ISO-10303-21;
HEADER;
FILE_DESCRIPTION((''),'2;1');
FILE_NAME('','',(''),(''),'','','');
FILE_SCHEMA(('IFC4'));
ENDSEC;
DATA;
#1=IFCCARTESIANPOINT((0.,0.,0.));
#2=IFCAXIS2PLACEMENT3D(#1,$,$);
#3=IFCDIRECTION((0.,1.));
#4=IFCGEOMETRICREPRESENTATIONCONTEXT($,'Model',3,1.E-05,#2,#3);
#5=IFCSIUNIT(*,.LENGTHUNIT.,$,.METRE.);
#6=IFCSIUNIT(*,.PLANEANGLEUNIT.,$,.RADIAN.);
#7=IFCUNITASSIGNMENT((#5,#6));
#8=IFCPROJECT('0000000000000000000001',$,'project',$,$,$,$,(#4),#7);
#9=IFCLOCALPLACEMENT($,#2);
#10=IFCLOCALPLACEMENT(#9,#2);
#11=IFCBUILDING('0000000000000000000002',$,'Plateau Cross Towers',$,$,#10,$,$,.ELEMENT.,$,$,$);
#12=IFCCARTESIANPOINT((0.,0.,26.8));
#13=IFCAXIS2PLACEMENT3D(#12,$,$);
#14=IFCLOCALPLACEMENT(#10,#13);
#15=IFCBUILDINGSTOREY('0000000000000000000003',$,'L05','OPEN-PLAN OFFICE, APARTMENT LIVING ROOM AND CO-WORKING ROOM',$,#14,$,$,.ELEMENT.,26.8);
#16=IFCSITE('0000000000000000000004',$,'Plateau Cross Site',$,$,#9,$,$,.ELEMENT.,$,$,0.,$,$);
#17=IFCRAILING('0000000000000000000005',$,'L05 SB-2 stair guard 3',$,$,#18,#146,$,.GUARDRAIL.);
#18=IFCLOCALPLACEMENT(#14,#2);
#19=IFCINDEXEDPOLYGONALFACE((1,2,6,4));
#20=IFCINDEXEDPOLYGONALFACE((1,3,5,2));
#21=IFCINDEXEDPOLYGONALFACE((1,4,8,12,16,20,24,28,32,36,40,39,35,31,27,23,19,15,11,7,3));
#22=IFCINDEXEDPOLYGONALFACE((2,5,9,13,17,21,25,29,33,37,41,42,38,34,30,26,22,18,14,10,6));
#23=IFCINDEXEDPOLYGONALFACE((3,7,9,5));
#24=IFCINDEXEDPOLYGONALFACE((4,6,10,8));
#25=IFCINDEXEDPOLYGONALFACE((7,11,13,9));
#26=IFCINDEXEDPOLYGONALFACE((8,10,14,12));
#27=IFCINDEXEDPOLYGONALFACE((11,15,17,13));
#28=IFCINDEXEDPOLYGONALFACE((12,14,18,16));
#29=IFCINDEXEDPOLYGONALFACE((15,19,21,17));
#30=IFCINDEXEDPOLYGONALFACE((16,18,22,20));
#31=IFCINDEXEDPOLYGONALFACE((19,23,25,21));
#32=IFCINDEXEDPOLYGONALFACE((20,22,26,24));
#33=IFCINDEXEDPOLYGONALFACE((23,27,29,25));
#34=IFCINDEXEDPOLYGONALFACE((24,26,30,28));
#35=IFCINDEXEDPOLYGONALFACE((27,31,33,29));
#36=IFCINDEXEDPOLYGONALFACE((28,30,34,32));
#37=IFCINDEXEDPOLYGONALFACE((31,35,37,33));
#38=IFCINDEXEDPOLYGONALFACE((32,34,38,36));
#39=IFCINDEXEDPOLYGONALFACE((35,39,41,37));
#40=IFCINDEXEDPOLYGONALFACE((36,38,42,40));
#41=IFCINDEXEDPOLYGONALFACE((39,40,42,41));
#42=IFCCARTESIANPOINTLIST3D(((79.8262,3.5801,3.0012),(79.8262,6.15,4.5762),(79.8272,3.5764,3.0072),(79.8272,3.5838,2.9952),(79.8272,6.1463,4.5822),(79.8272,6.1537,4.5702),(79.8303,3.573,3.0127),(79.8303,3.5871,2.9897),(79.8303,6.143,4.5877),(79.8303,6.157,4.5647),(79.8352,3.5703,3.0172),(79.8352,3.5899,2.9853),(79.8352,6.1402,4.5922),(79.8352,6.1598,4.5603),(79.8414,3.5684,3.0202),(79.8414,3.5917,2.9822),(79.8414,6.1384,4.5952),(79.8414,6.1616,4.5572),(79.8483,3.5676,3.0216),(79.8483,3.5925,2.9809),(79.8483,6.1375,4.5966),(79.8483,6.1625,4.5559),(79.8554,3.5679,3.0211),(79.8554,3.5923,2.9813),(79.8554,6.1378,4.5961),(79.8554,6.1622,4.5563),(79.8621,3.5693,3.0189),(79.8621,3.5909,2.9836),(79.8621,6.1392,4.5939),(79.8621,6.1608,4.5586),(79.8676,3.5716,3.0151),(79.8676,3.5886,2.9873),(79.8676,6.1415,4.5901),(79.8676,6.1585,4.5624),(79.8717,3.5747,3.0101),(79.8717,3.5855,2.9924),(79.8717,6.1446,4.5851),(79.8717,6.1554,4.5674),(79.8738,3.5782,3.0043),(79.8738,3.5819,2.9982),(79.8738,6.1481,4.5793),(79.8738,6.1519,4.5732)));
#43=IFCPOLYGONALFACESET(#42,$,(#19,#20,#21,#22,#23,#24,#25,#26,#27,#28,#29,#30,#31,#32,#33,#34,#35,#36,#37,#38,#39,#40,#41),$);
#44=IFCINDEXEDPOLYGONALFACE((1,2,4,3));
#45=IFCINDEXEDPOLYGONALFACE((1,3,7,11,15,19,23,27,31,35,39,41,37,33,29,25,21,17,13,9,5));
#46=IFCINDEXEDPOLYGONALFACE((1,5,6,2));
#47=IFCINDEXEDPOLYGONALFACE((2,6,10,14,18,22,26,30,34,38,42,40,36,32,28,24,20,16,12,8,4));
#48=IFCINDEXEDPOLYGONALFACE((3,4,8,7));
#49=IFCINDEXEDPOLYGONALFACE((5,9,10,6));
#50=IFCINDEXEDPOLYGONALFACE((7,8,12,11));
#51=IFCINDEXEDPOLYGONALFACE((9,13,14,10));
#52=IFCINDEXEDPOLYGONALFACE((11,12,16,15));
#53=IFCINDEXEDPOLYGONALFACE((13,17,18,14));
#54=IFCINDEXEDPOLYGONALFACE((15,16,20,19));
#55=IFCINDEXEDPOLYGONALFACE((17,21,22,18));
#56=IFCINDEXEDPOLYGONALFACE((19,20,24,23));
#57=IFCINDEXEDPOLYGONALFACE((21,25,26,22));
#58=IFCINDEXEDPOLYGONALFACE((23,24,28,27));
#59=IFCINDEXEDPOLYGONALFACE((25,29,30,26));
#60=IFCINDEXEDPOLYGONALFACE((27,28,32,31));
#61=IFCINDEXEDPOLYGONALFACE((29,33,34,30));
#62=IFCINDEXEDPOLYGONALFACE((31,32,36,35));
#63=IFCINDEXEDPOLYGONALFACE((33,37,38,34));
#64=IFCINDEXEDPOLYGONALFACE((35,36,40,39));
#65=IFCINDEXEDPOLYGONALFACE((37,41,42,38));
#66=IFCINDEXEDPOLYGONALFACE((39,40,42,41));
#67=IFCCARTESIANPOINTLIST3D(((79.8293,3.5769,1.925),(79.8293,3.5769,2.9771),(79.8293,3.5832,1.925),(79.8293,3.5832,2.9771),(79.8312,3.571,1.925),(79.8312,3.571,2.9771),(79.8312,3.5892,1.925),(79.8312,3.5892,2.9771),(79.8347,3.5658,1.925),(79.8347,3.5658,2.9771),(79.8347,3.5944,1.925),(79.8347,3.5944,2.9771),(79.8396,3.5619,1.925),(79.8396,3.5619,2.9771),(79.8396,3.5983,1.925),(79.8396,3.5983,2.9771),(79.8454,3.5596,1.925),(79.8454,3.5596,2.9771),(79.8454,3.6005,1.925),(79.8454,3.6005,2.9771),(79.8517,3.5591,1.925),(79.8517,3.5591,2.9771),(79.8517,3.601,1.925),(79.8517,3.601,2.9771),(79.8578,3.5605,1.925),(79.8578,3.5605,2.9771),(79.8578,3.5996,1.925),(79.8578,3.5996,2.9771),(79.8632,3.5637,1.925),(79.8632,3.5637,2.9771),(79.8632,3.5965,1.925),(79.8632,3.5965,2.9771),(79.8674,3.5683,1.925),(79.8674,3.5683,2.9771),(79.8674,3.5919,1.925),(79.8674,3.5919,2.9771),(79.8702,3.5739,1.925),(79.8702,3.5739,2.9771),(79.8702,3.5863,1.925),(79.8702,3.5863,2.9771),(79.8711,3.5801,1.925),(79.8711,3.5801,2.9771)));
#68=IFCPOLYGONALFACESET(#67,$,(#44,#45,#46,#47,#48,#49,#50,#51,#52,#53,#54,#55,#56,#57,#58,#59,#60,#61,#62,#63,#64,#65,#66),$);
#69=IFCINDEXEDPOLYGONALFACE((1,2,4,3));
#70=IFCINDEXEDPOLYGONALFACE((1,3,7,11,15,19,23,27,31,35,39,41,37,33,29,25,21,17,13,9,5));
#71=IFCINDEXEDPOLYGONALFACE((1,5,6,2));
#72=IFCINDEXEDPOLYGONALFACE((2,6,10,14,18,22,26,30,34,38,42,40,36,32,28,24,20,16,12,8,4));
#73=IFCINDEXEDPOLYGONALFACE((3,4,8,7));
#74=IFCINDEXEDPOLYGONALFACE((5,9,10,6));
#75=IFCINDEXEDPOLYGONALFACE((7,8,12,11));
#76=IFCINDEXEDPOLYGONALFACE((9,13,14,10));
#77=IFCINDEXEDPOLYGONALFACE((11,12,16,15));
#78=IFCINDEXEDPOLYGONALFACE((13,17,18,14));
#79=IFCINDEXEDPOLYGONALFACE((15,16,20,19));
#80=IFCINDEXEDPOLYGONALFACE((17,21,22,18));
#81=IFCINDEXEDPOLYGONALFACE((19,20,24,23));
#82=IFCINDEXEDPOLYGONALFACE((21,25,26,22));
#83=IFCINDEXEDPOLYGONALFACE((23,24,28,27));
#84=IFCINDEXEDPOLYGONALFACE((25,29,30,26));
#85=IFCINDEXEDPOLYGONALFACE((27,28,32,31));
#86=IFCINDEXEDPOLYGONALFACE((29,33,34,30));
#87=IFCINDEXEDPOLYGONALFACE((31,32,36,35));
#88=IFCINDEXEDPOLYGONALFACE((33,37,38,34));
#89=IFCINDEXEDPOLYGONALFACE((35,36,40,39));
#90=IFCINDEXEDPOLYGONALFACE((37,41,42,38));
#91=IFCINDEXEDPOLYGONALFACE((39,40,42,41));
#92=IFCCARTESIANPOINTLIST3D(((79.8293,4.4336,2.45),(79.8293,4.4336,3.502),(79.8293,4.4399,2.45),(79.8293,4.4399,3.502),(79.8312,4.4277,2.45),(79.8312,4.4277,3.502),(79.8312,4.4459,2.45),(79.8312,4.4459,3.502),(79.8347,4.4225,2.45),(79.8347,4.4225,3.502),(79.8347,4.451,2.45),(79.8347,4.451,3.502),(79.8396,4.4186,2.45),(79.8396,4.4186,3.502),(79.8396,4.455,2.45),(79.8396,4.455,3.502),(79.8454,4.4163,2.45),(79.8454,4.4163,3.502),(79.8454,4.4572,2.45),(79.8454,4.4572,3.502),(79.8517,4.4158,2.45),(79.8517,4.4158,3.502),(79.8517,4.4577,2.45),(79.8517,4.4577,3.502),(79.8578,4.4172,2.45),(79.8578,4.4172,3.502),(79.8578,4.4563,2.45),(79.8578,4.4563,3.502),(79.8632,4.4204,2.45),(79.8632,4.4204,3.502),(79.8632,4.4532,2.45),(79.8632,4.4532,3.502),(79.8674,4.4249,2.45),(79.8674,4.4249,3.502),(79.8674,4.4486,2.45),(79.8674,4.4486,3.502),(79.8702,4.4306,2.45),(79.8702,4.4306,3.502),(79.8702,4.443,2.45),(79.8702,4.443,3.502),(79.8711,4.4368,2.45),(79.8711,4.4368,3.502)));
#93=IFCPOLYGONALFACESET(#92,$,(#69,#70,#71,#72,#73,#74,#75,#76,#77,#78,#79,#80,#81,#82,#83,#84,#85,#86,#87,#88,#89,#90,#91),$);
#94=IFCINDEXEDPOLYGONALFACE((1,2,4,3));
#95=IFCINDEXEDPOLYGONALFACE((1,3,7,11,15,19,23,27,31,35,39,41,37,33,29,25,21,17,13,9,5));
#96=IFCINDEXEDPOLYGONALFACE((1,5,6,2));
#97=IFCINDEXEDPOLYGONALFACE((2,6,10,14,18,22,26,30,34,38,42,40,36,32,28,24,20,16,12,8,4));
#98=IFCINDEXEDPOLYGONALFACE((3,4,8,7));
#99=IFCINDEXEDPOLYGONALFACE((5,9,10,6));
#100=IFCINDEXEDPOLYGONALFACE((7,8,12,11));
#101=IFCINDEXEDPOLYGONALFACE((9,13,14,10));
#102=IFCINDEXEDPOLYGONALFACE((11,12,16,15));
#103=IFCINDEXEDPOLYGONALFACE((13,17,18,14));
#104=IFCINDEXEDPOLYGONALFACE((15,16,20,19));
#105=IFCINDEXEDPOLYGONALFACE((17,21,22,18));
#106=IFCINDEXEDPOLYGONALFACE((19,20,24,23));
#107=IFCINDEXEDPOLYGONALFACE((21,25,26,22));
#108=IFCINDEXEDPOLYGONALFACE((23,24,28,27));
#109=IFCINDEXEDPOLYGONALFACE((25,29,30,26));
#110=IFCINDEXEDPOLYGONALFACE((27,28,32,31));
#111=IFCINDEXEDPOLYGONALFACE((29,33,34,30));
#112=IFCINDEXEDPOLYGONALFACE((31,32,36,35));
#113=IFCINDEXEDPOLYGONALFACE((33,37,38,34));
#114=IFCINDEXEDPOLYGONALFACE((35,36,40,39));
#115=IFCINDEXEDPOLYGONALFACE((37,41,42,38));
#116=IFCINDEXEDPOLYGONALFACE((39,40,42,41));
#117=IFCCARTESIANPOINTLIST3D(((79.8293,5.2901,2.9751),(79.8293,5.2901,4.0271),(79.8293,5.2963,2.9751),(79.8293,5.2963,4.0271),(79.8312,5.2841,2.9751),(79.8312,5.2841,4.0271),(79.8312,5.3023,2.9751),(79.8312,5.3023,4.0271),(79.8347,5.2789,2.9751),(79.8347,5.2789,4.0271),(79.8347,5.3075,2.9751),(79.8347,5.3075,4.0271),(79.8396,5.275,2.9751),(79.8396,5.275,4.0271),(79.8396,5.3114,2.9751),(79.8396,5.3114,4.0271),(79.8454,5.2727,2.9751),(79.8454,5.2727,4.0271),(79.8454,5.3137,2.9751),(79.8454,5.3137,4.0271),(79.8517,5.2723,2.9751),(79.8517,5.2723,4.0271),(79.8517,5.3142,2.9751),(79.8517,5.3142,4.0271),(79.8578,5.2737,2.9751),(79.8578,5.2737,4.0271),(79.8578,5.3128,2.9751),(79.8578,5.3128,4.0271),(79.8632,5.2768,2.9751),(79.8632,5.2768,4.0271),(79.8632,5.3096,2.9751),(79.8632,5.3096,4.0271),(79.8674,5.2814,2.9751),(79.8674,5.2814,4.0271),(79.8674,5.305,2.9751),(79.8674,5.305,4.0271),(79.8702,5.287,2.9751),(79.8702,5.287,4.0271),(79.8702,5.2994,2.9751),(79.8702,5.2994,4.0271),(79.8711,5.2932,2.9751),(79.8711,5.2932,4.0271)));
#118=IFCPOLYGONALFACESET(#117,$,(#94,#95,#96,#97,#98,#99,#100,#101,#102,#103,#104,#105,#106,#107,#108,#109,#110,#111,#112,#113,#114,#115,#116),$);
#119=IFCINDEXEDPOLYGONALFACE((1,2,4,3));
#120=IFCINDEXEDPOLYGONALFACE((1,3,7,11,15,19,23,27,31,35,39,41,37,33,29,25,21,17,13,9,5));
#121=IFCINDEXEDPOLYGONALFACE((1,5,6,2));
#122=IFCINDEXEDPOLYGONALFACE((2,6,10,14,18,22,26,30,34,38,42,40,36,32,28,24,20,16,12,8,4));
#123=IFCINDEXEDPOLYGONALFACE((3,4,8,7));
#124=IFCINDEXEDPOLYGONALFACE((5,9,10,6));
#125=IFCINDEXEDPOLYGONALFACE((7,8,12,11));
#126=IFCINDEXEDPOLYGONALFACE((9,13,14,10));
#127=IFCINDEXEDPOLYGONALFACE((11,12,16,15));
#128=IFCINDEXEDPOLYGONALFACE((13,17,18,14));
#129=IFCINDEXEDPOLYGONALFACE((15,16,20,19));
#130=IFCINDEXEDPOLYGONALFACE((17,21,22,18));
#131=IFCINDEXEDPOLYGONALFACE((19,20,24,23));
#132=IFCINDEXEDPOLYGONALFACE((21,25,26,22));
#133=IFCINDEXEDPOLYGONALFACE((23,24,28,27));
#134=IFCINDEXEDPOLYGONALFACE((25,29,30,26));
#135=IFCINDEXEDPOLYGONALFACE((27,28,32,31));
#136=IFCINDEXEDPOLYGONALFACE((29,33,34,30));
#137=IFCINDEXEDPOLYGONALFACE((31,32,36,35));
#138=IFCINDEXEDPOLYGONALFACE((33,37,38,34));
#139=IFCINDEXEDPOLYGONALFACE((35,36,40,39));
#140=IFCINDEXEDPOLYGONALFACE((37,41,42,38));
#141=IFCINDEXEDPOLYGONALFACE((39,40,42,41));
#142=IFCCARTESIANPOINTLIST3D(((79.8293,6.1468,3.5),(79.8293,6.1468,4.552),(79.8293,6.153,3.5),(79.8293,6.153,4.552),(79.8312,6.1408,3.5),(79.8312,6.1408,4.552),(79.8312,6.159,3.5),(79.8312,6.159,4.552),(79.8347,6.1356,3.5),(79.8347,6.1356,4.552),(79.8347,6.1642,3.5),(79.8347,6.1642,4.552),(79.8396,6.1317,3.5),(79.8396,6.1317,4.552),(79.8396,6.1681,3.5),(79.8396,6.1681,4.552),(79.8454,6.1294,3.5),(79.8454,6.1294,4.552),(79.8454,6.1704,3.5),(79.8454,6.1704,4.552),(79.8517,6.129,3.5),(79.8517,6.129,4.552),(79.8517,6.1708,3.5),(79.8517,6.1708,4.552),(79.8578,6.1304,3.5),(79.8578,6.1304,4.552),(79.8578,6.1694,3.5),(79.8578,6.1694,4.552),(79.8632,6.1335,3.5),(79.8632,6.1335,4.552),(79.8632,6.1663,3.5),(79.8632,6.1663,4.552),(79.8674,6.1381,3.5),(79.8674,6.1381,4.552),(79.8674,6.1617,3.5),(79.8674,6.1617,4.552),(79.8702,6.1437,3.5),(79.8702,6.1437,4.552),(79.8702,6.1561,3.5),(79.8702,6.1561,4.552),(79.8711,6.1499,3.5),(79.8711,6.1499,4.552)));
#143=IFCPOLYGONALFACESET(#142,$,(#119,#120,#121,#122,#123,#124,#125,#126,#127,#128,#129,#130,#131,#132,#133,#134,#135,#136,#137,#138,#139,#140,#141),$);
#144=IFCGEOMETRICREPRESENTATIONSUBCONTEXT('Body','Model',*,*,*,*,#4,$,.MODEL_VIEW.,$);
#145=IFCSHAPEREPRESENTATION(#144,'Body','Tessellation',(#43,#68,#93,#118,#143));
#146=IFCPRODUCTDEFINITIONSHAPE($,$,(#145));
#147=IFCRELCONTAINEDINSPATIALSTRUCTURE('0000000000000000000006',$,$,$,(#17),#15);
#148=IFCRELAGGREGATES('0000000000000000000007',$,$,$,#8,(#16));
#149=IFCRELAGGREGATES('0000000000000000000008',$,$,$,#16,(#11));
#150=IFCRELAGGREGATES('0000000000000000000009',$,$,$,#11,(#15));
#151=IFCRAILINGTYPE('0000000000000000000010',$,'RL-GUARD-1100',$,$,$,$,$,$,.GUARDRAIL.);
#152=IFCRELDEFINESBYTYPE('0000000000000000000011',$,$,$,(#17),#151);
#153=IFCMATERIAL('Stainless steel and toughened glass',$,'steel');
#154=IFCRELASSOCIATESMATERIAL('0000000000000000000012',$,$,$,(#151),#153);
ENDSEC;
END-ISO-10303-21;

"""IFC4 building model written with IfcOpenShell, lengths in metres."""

from ifc_helpers import new_model, si_unit, direction, frame, origin, origin_2d, place, context, subcontext, project, spatial, circle, extrude, material, type_object, element, save


model = new_model("IFC4")

# Units and contexts
model_context = context("Model", 3, precision=1e-05, world=origin(), true_north=direction((0.0, 1.0)))
body_context = subcontext(model_context, "Body", "Model", "MODEL_VIEW")
ifc_project = project(units=[si_unit("LENGTHUNIT", "METRE"), si_unit("PLANEANGLEUNIT", "RADIAN")], contexts=[model_context])

# Site, building, storey
site_placement = place(None, origin())
site = spatial("IfcSite", under=ifc_project, at=site_placement, Name="Plateau Cross Site", CompositionType="ELEMENT", RefElevation=0.0)
building_placement = place(site_placement, origin())
building = spatial("IfcBuilding", under=site, at=building_placement, Name="Plateau Cross Towers", CompositionType="ELEMENT")
storey_placement = place(building_placement, frame((0.0, 0.0, 26.8)))
storey = spatial("IfcBuildingStorey", under=building, at=storey_placement, Name="L05", Description="OPEN-PLAN OFFICE, APARTMENT LIVING ROOM AND CO-WORKING ROOM", CompositionType="ELEMENT", Elevation=26.8)

# Railing
ifc_material_1 = material(Name="Stainless steel and toughened glass", Category="steel")
railing_type_1 = type_object("IfcRailingType", Name="RL-GUARD-1100", PredefinedType="GUARDRAIL", material=ifc_material_1)
railing_1_placement = place(storey_placement, frame((79.8501, 3.5801, 1.925)))
element("IfcRailing", 1, at=railing_1_placement, inside=storey, type_object=railing_type_1, Name="L05 SB-2 stair guard 3", PredefinedType="GUARDRAIL", context=body_context, shape_type="SweptSolid", body=[
    extrude(circle(Radius=0.0239, at=origin_2d()), frame((0.0, 0.0, 1.0762), z_axis=(0.0, 0.852616, 0.522537), x_axis=(-1.0, 0.0, 0.0)), (0.0, 0.0, 1.0), 3.0142),
    extrude(circle(Radius=0.021, at=origin_2d()), origin(), (0.0, 0.0, 1.0), 1.052),
    extrude(circle(Radius=0.021, at=origin_2d()), frame((0.0, 0.8567, 0.5249)), (0.0, 0.0, 1.0), 1.052),
    extrude(circle(Radius=0.021, at=origin_2d()), frame((0.0, 1.7131, 1.05)), (0.0, 0.0, 1.0), 1.052),
    extrude(circle(Radius=0.021, at=origin_2d()), frame((0.0, 2.5698, 1.575)), (0.0, 0.0, 1.0), 1.052),
])

save(model, "model.ifc")
